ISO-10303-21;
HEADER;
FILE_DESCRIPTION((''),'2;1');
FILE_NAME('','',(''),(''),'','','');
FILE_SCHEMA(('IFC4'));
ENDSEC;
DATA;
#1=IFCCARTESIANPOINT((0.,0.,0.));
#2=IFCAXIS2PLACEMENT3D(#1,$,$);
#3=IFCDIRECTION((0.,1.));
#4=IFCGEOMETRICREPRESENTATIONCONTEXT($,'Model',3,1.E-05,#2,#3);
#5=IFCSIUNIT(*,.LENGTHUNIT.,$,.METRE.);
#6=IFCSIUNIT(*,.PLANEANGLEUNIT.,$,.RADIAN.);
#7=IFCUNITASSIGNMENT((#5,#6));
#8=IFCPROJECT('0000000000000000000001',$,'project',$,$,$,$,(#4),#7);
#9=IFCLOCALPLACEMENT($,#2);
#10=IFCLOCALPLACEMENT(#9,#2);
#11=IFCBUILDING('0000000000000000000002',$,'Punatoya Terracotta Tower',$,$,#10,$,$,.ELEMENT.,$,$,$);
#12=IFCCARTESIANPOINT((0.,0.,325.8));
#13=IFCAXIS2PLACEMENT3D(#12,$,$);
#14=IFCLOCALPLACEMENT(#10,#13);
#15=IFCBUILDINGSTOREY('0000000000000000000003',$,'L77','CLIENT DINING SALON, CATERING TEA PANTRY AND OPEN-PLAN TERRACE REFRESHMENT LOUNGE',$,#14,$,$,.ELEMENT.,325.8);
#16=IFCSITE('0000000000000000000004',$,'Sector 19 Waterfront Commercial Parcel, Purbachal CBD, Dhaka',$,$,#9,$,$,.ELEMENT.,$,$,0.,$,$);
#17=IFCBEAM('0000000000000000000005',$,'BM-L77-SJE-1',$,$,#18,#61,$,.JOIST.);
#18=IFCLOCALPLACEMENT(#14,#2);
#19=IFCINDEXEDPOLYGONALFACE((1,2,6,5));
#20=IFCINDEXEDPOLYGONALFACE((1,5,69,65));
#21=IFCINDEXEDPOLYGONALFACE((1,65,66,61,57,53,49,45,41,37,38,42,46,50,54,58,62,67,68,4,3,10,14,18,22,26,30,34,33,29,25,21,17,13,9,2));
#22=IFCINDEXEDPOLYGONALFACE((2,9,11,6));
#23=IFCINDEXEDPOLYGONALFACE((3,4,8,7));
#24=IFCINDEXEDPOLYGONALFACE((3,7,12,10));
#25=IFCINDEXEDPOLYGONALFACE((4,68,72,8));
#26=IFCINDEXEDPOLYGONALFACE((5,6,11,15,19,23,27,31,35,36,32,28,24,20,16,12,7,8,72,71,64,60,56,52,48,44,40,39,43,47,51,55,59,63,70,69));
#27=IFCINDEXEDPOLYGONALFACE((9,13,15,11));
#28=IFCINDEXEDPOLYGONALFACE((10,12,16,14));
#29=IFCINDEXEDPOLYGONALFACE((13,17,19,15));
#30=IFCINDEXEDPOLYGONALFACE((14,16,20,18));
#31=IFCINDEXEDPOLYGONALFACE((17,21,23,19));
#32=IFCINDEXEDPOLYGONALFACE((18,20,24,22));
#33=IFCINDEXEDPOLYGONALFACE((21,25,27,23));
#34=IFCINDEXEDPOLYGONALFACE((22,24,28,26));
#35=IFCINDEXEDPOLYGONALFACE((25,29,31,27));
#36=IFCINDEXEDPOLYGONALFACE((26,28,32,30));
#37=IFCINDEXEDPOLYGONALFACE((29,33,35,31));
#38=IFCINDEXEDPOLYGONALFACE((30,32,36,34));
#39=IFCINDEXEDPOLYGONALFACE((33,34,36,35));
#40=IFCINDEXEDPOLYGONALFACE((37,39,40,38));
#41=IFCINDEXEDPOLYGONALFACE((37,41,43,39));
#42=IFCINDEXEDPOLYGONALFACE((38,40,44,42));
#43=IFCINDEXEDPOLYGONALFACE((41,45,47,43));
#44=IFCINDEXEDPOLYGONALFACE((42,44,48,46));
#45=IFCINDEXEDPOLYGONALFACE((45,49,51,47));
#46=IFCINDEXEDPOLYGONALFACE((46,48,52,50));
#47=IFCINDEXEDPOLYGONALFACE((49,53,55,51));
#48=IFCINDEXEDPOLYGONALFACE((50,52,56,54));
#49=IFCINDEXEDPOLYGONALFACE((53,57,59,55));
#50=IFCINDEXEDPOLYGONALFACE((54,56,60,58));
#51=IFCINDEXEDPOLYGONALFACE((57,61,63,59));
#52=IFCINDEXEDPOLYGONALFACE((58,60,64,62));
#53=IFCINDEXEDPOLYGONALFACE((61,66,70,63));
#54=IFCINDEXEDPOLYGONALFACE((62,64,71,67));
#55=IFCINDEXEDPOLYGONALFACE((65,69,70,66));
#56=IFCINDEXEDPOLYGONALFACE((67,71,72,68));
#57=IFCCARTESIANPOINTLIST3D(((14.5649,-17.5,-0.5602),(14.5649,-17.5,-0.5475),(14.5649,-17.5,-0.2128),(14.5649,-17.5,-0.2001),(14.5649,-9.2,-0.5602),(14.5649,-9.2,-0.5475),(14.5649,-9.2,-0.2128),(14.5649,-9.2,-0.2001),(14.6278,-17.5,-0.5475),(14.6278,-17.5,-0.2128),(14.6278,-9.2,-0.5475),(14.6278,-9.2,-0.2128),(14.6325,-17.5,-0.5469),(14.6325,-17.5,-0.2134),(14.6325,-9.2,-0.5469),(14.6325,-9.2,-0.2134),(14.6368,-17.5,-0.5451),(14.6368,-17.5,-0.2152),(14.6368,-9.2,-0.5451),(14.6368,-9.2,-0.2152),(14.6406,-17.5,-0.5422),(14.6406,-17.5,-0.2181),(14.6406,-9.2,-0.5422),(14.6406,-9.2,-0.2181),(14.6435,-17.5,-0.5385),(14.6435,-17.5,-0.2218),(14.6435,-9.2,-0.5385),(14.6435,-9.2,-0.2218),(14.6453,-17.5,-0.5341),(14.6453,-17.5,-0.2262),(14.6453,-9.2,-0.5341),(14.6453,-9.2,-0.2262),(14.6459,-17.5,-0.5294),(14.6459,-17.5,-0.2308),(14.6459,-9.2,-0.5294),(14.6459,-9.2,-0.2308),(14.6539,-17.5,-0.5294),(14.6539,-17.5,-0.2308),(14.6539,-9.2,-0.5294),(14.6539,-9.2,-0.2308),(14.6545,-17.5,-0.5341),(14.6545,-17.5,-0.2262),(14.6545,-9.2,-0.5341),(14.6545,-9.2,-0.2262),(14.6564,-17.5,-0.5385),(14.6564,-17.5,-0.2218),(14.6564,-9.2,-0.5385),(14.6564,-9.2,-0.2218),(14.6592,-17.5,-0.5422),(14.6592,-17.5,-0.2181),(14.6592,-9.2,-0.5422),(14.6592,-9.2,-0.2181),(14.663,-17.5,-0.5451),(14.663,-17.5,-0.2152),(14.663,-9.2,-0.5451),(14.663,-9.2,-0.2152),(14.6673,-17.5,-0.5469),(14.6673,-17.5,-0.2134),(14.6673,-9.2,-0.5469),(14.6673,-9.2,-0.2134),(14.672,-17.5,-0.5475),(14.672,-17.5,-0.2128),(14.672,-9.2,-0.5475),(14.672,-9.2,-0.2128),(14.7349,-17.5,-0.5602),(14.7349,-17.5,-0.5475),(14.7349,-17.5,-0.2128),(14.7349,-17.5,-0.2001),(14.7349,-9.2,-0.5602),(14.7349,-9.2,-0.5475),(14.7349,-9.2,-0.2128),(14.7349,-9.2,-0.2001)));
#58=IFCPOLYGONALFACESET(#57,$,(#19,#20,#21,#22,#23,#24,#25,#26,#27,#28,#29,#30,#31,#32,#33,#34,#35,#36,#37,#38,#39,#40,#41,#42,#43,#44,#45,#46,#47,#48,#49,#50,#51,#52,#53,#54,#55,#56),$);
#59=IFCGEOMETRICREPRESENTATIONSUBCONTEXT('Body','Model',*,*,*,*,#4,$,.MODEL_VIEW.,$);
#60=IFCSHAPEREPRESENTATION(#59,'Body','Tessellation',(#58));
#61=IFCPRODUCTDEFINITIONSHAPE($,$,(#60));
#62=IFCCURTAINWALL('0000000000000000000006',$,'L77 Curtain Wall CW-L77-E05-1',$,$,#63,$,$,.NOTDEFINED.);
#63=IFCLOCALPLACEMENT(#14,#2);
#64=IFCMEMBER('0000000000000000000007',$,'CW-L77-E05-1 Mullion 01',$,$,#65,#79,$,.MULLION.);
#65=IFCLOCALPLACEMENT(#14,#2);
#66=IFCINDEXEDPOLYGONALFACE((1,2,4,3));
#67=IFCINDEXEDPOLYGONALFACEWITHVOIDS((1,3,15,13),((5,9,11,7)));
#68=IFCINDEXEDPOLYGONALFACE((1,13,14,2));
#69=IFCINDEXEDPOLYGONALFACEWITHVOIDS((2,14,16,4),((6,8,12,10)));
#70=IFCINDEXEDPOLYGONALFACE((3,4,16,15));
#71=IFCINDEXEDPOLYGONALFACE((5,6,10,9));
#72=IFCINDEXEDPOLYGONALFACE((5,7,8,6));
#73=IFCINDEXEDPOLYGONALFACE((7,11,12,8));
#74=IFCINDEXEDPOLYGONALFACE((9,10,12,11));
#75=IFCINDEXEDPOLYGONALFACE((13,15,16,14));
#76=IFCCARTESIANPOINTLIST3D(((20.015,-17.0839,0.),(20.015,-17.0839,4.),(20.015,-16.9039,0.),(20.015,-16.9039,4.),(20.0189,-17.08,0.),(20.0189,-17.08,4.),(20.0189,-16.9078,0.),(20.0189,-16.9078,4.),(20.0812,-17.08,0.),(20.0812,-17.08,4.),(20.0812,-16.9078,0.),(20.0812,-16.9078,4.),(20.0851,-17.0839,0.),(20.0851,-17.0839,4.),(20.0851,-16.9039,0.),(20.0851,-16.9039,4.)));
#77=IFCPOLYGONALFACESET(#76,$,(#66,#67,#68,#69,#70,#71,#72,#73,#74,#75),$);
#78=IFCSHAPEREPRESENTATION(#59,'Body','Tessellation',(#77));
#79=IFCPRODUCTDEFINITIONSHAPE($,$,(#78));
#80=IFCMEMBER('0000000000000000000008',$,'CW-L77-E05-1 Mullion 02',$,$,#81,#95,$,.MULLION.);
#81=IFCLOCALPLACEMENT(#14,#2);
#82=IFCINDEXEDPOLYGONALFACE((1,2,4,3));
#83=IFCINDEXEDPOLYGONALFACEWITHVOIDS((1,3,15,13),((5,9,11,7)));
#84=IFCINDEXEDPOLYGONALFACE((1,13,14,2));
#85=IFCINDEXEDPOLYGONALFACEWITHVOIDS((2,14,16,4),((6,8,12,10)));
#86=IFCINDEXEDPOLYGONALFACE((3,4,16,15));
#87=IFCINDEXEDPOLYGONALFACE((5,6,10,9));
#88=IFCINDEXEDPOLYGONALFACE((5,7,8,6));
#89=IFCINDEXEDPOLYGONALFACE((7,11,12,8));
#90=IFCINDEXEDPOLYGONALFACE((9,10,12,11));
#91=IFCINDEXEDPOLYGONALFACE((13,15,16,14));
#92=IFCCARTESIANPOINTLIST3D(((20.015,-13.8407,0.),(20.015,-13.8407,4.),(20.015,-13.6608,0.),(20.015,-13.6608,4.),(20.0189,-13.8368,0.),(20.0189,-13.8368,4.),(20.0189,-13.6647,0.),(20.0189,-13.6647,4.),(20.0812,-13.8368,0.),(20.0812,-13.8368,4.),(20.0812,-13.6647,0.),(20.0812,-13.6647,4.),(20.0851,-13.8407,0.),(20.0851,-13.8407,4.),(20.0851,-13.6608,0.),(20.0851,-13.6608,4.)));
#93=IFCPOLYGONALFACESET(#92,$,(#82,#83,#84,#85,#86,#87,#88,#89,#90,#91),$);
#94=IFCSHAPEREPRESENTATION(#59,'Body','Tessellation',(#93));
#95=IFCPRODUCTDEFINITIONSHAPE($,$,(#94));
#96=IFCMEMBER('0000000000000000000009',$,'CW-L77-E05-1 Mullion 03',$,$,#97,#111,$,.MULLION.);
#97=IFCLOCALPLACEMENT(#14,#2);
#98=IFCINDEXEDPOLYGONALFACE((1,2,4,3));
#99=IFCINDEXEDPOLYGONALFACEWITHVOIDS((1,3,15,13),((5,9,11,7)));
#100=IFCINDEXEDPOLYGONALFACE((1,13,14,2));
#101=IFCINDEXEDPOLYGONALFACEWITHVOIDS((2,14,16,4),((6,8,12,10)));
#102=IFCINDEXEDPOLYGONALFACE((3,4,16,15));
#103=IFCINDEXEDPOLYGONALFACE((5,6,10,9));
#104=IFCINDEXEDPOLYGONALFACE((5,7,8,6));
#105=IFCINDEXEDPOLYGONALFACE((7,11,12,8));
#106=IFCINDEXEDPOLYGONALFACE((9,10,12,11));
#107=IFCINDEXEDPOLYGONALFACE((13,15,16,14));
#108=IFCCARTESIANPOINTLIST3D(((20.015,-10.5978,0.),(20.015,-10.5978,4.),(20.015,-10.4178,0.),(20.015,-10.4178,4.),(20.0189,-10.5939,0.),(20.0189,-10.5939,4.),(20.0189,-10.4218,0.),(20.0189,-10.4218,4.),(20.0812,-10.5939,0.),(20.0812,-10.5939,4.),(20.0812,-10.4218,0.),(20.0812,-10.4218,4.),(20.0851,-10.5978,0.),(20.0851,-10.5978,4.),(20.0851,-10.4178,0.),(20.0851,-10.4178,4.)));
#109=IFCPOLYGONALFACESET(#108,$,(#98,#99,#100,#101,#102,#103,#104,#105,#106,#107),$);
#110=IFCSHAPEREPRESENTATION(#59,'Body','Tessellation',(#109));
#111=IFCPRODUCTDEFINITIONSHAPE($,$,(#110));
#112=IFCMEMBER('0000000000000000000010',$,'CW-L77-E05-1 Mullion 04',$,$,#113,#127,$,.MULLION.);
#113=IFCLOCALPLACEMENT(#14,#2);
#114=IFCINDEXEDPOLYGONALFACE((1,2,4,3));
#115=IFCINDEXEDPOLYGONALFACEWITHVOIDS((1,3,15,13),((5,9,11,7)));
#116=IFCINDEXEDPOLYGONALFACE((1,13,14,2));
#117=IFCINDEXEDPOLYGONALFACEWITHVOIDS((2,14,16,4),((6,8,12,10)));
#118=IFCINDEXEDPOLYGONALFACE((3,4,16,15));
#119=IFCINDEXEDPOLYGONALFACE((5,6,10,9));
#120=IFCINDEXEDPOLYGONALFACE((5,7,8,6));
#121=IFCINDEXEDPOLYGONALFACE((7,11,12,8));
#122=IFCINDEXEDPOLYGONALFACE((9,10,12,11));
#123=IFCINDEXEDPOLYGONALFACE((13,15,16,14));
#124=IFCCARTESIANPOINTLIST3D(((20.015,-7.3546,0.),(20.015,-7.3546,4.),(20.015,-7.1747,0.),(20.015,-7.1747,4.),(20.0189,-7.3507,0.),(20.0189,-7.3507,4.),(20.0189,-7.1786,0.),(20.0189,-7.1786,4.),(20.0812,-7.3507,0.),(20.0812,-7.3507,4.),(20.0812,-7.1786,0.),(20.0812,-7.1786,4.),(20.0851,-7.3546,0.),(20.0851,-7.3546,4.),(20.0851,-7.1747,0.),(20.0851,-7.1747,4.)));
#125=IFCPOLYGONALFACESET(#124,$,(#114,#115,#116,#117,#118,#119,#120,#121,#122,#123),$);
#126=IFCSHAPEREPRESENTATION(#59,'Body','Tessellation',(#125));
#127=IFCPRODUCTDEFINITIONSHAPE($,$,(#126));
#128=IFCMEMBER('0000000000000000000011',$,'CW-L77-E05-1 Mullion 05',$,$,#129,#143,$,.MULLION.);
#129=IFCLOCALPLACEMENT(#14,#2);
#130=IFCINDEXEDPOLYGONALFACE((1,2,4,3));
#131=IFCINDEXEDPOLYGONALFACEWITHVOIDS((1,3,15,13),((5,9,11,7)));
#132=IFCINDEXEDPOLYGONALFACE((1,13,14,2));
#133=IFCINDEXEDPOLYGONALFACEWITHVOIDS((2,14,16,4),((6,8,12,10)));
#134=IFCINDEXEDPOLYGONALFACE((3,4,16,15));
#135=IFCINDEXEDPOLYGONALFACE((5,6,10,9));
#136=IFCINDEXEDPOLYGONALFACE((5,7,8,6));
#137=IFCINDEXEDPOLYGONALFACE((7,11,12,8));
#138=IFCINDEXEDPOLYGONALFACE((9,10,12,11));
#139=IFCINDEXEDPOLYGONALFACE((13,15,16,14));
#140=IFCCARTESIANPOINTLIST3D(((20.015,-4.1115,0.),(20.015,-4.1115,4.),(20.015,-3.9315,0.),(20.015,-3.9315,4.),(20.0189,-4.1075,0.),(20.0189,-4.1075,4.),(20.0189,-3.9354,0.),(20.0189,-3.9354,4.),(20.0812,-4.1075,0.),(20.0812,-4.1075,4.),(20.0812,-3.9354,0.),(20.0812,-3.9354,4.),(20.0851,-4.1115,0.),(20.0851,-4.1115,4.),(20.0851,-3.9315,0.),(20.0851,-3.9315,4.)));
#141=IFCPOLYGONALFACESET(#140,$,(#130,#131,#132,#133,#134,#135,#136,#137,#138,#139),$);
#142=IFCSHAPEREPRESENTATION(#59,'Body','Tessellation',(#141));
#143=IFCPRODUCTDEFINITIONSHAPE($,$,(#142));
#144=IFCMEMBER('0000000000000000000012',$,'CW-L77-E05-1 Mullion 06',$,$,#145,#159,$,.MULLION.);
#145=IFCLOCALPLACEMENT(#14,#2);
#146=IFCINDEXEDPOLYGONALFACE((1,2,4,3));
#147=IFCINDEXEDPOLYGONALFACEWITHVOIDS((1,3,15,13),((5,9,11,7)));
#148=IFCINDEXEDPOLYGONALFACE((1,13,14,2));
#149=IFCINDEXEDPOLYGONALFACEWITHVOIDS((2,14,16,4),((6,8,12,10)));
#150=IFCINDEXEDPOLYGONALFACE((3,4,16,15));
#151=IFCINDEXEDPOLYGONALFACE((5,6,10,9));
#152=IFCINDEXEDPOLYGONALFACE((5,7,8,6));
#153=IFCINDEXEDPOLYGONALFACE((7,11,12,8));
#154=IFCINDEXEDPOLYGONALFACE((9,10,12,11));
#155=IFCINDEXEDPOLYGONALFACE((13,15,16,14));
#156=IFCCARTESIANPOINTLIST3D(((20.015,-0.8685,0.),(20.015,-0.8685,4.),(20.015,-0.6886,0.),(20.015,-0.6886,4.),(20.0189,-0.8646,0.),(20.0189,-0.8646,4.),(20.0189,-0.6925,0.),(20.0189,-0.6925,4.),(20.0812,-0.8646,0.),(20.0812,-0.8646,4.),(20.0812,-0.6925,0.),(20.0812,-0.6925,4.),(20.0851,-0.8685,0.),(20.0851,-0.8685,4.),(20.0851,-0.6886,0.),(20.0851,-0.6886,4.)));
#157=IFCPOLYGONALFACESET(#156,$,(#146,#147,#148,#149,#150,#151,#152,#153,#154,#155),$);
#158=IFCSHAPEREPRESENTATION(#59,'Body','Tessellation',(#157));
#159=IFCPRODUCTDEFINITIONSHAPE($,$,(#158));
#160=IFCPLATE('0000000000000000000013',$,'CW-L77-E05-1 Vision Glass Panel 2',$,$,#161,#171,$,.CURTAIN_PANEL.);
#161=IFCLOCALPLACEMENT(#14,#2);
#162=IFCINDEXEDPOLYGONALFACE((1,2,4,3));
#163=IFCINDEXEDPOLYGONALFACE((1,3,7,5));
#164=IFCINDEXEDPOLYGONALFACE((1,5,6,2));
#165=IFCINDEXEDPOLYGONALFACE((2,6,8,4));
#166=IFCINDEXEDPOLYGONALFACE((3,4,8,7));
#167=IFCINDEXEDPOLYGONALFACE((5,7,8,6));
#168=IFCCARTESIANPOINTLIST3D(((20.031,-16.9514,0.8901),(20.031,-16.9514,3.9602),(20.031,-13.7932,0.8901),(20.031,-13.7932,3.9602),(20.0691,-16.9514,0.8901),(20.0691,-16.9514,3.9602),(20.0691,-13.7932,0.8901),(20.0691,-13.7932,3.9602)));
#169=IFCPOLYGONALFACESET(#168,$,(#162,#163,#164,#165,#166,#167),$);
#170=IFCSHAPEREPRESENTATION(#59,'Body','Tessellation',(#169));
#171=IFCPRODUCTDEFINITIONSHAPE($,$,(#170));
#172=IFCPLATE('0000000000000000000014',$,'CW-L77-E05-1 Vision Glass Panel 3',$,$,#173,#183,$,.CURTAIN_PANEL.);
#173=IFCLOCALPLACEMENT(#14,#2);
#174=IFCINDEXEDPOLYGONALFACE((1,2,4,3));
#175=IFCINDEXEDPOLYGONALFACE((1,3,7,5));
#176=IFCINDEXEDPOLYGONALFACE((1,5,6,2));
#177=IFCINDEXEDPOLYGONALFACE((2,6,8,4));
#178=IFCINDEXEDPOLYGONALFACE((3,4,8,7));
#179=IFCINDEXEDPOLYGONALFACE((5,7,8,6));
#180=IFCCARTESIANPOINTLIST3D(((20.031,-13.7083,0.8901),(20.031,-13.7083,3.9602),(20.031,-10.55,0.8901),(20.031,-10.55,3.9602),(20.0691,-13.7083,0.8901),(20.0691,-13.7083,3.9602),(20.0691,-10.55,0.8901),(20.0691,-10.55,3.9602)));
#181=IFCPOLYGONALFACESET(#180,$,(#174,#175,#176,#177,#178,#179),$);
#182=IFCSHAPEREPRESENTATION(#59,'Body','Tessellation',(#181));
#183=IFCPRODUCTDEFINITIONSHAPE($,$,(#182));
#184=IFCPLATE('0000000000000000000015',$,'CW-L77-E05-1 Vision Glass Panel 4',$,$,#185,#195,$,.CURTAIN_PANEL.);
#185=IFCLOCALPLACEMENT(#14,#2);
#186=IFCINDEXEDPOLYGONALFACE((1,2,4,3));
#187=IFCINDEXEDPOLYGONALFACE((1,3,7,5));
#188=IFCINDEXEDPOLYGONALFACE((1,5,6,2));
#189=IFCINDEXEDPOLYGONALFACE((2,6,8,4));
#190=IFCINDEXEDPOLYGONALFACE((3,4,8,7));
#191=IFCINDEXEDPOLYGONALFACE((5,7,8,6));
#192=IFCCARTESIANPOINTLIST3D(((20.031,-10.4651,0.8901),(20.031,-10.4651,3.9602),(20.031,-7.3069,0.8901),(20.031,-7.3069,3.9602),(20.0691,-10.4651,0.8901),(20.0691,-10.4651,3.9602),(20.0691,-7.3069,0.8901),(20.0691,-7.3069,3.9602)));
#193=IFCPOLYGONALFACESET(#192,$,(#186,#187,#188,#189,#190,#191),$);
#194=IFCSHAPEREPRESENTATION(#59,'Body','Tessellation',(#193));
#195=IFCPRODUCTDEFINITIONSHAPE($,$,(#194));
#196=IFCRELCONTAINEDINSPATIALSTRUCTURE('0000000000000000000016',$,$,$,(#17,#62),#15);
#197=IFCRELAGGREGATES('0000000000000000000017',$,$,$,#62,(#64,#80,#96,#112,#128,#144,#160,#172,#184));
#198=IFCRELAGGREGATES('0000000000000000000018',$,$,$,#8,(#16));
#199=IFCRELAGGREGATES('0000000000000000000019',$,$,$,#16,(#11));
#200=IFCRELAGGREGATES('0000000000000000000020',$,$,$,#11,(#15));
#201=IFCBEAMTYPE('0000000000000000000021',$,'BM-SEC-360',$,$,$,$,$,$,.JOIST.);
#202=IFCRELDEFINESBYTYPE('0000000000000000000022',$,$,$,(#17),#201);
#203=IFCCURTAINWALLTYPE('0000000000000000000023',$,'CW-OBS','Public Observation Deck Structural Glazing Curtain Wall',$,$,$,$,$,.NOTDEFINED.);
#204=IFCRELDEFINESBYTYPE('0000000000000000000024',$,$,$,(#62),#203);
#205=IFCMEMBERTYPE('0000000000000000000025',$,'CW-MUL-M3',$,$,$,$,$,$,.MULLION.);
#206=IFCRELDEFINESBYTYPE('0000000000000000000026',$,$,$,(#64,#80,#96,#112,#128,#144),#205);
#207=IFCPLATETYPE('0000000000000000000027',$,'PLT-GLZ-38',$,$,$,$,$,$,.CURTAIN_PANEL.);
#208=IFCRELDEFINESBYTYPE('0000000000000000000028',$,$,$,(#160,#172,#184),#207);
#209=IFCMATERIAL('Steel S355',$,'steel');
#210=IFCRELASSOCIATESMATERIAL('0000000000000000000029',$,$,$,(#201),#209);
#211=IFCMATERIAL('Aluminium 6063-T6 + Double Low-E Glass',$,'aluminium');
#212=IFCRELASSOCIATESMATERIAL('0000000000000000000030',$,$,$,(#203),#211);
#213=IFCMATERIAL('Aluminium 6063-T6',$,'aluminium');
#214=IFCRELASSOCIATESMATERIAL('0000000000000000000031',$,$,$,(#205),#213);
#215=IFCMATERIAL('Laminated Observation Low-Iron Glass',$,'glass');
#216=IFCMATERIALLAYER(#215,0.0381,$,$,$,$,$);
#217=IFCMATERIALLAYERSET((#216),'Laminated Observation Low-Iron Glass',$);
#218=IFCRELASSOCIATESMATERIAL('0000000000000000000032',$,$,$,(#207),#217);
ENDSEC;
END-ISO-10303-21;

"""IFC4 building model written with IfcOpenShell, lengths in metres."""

from ifc_helpers import new_model, si_unit, direction, frame, origin, origin_2d, place, context, subcontext, project, spatial, rectangle, hollow_rectangle, i_section, extrude, material, layer, layer_set, material_profile, profile_set, type_object, element, aggregate, save


model = new_model("IFC4")

# Units and contexts
model_context = context("Model", 3, precision=1e-05, world=origin(), true_north=direction((0.0, 1.0)))
body_context = subcontext(model_context, "Body", "Model", "MODEL_VIEW")
ifc_project = project(units=[si_unit("LENGTHUNIT", "METRE"), si_unit("PLANEANGLEUNIT", "RADIAN")], contexts=[model_context])

# Site, building, storey
site_placement = place(None, origin())
site = spatial("IfcSite", under=ifc_project, at=site_placement, Name="Sector 19 Waterfront Commercial Parcel, Purbachal CBD, Dhaka", CompositionType="ELEMENT", RefElevation=0.0)
building_placement = place(site_placement, origin())
building = spatial("IfcBuilding", under=site, at=building_placement, Name="Punatoya Terracotta Tower", CompositionType="ELEMENT")
storey_placement = place(building_placement, frame((0.0, 0.0, 325.8)))
storey = spatial("IfcBuildingStorey", under=building, at=storey_placement, Name="L77", Description="CLIENT DINING SALON, CATERING TEA PANTRY AND OPEN-PLAN TERRACE REFRESHMENT LOUNGE", CompositionType="ELEMENT", Elevation=325.8)

# Beam
ifc_material_1 = material(Name="Steel S355", Category="steel")
ifc_material_profile_1 = material_profile(ifc_material_1, i_section(OverallWidth=0.1699, OverallDepth=0.3601, WebThickness=0.0081, FlangeThickness=0.0127, FilletRadius=0.0181, at=origin_2d()))
ifc_profile_set_1 = profile_set([ifc_material_profile_1], Name="Steel S355")
beam_type_1 = type_object("IfcBeamType", Name="BM-SEC-360", PredefinedType="JOIST", material=ifc_profile_set_1)
beam_1_placement = place(storey_placement, frame((14.6499, -17.5, -0.3801), z_axis=(0.0, 1.0, 0.0), x_axis=(-1.0, 0.0, 0.0)))
element("IfcBeam", 1, at=beam_1_placement, inside=storey, type_object=beam_type_1, Name="BM-L77-SJE-1", PredefinedType="JOIST", context=body_context, shape_type="SweptSolid", body=[
    extrude(i_section(OverallWidth=0.1699, OverallDepth=0.3601, WebThickness=0.0081, FlangeThickness=0.0127, FilletRadius=0.0181, at=origin_2d()), origin(), (0.0, 0.0, 1.0), 8.3),
])

# Curtain wall, members, plates
ifc_material_2 = material(Name="Aluminium 6063-T6 + Double Low-E Glass", Category="aluminium")
curtain_wall_type = type_object("IfcCurtainWallType", Name="CW-OBS", Description="Public Observation Deck Structural Glazing Curtain Wall", PredefinedType="NOTDEFINED", material=ifc_material_2)
curtain_wall_placement = place(storey_placement, origin())
curtain_wall = element("IfcCurtainWall", 2, at=curtain_wall_placement, inside=storey, type_object=curtain_wall_type, Name="L77 Curtain Wall CW-L77-E05-1", PredefinedType="NOTDEFINED")
ifc_material_3 = material(Name="Aluminium 6063-T6", Category="aluminium")
ifc_material_profile_2 = material_profile(ifc_material_3, hollow_rectangle(XDim=0.0701, YDim=0.1799, WallThickness=0.0039, at=origin_2d()))
ifc_profile_set_2 = profile_set([ifc_material_profile_2], Name="Aluminium 6063-T6")
member_type = type_object("IfcMemberType", Name="CW-MUL-M3", PredefinedType="MULLION", material=ifc_profile_set_2)
member_1_placement = place(storey_placement, frame((20.05, -16.9939, 0.0), z_axis=(0.0, 0.0, 1.0), x_axis=(1.0, 0.0, 0.0)))
member_1 = element("IfcMember", 3, at=member_1_placement, type_object=member_type, Name="CW-L77-E05-1 Mullion 01", PredefinedType="MULLION", context=body_context, shape_type="SweptSolid", body=[
    extrude(hollow_rectangle(XDim=0.0701, YDim=0.1799, WallThickness=0.0039, at=origin_2d()), origin(), (0.0, 0.0, 1.0), 4.0),
])
member_2_placement = place(storey_placement, frame((20.05, -13.7507, 0.0), z_axis=(0.0, 0.0, 1.0), x_axis=(1.0, 0.0, 0.0)))
member_2 = element("IfcMember", 4, at=member_2_placement, type_object=member_type, Name="CW-L77-E05-1 Mullion 02", PredefinedType="MULLION", context=body_context, shape_type="SweptSolid", body=[
    extrude(hollow_rectangle(XDim=0.0701, YDim=0.1799, WallThickness=0.0039, at=origin_2d()), origin(), (0.0, 0.0, 1.0), 4.0),
])
member_3_placement = place(storey_placement, frame((20.05, -10.5078, 0.0), z_axis=(0.0, 0.0, 1.0), x_axis=(1.0, 0.0, 0.0)))
member_3 = element("IfcMember", 5, at=member_3_placement, type_object=member_type, Name="CW-L77-E05-1 Mullion 03", PredefinedType="MULLION", context=body_context, shape_type="SweptSolid", body=[
    extrude(hollow_rectangle(XDim=0.0701, YDim=0.1799, WallThickness=0.0039, at=origin_2d()), origin(), (0.0, 0.0, 1.0), 4.0),
])
member_4_placement = place(storey_placement, frame((20.05, -7.2646, 0.0), z_axis=(0.0, 0.0, 1.0), x_axis=(1.0, 0.0, 0.0)))
member_4 = element("IfcMember", 6, at=member_4_placement, type_object=member_type, Name="CW-L77-E05-1 Mullion 04", PredefinedType="MULLION", context=body_context, shape_type="SweptSolid", body=[
    extrude(hollow_rectangle(XDim=0.0701, YDim=0.1799, WallThickness=0.0039, at=origin_2d()), origin(), (0.0, 0.0, 1.0), 4.0),
])
member_5_placement = place(storey_placement, frame((20.05, -4.0215, 0.0), z_axis=(0.0, 0.0, 1.0), x_axis=(1.0, 0.0, 0.0)))
member_5 = element("IfcMember", 7, at=member_5_placement, type_object=member_type, Name="CW-L77-E05-1 Mullion 05", PredefinedType="MULLION", context=body_context, shape_type="SweptSolid", body=[
    extrude(hollow_rectangle(XDim=0.0701, YDim=0.1799, WallThickness=0.0039, at=origin_2d()), origin(), (0.0, 0.0, 1.0), 4.0),
])
member_6_placement = place(storey_placement, frame((20.05, -0.7786, 0.0), z_axis=(0.0, 0.0, 1.0), x_axis=(1.0, 0.0, 0.0)))
member_6 = element("IfcMember", 8, at=member_6_placement, type_object=member_type, Name="CW-L77-E05-1 Mullion 06", PredefinedType="MULLION", context=body_context, shape_type="SweptSolid", body=[
    extrude(hollow_rectangle(XDim=0.0701, YDim=0.1799, WallThickness=0.0039, at=origin_2d()), origin(), (0.0, 0.0, 1.0), 4.0),
])
ifc_material_4 = material(Name="Laminated Observation Low-Iron Glass", Category="glass")
ifc_layer_1 = layer(ifc_material_4, 0.0381)
ifc_layer_set_1 = layer_set([ifc_layer_1], Name="Laminated Observation Low-Iron Glass")
plate_type_1 = type_object("IfcPlateType", Name="PLT-GLZ-38", PredefinedType="CURTAIN_PANEL", material=ifc_layer_set_1)
plate_1_placement = place(storey_placement, frame((20.05, -15.3723, 0.8901), z_axis=(0.0, 0.0, 1.0), x_axis=(0.0, 1.0, 0.0)))
plate_1 = element("IfcPlate", 9, at=plate_1_placement, type_object=plate_type_1, Name="CW-L77-E05-1 Vision Glass Panel 2", PredefinedType="CURTAIN_PANEL", context=body_context, shape_type="SweptSolid", body=[
    extrude(rectangle(XDim=3.1582, YDim=0.0381, at=origin_2d()), origin(), (0.0, 0.0, 1.0), 3.0701),
])
plate_2_placement = place(storey_placement, frame((20.05, -12.1292, 0.8901), z_axis=(0.0, 0.0, 1.0), x_axis=(0.0, 1.0, 0.0)))
plate_2 = element("IfcPlate", 10, at=plate_2_placement, type_object=plate_type_1, Name="CW-L77-E05-1 Vision Glass Panel 3", PredefinedType="CURTAIN_PANEL", context=body_context, shape_type="SweptSolid", body=[
    extrude(rectangle(XDim=3.1582, YDim=0.0381, at=origin_2d()), origin(), (0.0, 0.0, 1.0), 3.0701),
])
plate_3_placement = place(storey_placement, frame((20.05, -8.886, 0.8901), z_axis=(0.0, 0.0, 1.0), x_axis=(0.0, 1.0, 0.0)))
plate_3 = element("IfcPlate", 11, at=plate_3_placement, type_object=plate_type_1, Name="CW-L77-E05-1 Vision Glass Panel 4", PredefinedType="CURTAIN_PANEL", context=body_context, shape_type="SweptSolid", body=[
    extrude(rectangle(XDim=3.1582, YDim=0.0381, at=origin_2d()), origin(), (0.0, 0.0, 1.0), 3.0701),
])
aggregate(curtain_wall, [member_1, member_2, member_3, member_4, member_5, member_6, plate_1, plate_2, plate_3])

save(model, "model.ifc")
